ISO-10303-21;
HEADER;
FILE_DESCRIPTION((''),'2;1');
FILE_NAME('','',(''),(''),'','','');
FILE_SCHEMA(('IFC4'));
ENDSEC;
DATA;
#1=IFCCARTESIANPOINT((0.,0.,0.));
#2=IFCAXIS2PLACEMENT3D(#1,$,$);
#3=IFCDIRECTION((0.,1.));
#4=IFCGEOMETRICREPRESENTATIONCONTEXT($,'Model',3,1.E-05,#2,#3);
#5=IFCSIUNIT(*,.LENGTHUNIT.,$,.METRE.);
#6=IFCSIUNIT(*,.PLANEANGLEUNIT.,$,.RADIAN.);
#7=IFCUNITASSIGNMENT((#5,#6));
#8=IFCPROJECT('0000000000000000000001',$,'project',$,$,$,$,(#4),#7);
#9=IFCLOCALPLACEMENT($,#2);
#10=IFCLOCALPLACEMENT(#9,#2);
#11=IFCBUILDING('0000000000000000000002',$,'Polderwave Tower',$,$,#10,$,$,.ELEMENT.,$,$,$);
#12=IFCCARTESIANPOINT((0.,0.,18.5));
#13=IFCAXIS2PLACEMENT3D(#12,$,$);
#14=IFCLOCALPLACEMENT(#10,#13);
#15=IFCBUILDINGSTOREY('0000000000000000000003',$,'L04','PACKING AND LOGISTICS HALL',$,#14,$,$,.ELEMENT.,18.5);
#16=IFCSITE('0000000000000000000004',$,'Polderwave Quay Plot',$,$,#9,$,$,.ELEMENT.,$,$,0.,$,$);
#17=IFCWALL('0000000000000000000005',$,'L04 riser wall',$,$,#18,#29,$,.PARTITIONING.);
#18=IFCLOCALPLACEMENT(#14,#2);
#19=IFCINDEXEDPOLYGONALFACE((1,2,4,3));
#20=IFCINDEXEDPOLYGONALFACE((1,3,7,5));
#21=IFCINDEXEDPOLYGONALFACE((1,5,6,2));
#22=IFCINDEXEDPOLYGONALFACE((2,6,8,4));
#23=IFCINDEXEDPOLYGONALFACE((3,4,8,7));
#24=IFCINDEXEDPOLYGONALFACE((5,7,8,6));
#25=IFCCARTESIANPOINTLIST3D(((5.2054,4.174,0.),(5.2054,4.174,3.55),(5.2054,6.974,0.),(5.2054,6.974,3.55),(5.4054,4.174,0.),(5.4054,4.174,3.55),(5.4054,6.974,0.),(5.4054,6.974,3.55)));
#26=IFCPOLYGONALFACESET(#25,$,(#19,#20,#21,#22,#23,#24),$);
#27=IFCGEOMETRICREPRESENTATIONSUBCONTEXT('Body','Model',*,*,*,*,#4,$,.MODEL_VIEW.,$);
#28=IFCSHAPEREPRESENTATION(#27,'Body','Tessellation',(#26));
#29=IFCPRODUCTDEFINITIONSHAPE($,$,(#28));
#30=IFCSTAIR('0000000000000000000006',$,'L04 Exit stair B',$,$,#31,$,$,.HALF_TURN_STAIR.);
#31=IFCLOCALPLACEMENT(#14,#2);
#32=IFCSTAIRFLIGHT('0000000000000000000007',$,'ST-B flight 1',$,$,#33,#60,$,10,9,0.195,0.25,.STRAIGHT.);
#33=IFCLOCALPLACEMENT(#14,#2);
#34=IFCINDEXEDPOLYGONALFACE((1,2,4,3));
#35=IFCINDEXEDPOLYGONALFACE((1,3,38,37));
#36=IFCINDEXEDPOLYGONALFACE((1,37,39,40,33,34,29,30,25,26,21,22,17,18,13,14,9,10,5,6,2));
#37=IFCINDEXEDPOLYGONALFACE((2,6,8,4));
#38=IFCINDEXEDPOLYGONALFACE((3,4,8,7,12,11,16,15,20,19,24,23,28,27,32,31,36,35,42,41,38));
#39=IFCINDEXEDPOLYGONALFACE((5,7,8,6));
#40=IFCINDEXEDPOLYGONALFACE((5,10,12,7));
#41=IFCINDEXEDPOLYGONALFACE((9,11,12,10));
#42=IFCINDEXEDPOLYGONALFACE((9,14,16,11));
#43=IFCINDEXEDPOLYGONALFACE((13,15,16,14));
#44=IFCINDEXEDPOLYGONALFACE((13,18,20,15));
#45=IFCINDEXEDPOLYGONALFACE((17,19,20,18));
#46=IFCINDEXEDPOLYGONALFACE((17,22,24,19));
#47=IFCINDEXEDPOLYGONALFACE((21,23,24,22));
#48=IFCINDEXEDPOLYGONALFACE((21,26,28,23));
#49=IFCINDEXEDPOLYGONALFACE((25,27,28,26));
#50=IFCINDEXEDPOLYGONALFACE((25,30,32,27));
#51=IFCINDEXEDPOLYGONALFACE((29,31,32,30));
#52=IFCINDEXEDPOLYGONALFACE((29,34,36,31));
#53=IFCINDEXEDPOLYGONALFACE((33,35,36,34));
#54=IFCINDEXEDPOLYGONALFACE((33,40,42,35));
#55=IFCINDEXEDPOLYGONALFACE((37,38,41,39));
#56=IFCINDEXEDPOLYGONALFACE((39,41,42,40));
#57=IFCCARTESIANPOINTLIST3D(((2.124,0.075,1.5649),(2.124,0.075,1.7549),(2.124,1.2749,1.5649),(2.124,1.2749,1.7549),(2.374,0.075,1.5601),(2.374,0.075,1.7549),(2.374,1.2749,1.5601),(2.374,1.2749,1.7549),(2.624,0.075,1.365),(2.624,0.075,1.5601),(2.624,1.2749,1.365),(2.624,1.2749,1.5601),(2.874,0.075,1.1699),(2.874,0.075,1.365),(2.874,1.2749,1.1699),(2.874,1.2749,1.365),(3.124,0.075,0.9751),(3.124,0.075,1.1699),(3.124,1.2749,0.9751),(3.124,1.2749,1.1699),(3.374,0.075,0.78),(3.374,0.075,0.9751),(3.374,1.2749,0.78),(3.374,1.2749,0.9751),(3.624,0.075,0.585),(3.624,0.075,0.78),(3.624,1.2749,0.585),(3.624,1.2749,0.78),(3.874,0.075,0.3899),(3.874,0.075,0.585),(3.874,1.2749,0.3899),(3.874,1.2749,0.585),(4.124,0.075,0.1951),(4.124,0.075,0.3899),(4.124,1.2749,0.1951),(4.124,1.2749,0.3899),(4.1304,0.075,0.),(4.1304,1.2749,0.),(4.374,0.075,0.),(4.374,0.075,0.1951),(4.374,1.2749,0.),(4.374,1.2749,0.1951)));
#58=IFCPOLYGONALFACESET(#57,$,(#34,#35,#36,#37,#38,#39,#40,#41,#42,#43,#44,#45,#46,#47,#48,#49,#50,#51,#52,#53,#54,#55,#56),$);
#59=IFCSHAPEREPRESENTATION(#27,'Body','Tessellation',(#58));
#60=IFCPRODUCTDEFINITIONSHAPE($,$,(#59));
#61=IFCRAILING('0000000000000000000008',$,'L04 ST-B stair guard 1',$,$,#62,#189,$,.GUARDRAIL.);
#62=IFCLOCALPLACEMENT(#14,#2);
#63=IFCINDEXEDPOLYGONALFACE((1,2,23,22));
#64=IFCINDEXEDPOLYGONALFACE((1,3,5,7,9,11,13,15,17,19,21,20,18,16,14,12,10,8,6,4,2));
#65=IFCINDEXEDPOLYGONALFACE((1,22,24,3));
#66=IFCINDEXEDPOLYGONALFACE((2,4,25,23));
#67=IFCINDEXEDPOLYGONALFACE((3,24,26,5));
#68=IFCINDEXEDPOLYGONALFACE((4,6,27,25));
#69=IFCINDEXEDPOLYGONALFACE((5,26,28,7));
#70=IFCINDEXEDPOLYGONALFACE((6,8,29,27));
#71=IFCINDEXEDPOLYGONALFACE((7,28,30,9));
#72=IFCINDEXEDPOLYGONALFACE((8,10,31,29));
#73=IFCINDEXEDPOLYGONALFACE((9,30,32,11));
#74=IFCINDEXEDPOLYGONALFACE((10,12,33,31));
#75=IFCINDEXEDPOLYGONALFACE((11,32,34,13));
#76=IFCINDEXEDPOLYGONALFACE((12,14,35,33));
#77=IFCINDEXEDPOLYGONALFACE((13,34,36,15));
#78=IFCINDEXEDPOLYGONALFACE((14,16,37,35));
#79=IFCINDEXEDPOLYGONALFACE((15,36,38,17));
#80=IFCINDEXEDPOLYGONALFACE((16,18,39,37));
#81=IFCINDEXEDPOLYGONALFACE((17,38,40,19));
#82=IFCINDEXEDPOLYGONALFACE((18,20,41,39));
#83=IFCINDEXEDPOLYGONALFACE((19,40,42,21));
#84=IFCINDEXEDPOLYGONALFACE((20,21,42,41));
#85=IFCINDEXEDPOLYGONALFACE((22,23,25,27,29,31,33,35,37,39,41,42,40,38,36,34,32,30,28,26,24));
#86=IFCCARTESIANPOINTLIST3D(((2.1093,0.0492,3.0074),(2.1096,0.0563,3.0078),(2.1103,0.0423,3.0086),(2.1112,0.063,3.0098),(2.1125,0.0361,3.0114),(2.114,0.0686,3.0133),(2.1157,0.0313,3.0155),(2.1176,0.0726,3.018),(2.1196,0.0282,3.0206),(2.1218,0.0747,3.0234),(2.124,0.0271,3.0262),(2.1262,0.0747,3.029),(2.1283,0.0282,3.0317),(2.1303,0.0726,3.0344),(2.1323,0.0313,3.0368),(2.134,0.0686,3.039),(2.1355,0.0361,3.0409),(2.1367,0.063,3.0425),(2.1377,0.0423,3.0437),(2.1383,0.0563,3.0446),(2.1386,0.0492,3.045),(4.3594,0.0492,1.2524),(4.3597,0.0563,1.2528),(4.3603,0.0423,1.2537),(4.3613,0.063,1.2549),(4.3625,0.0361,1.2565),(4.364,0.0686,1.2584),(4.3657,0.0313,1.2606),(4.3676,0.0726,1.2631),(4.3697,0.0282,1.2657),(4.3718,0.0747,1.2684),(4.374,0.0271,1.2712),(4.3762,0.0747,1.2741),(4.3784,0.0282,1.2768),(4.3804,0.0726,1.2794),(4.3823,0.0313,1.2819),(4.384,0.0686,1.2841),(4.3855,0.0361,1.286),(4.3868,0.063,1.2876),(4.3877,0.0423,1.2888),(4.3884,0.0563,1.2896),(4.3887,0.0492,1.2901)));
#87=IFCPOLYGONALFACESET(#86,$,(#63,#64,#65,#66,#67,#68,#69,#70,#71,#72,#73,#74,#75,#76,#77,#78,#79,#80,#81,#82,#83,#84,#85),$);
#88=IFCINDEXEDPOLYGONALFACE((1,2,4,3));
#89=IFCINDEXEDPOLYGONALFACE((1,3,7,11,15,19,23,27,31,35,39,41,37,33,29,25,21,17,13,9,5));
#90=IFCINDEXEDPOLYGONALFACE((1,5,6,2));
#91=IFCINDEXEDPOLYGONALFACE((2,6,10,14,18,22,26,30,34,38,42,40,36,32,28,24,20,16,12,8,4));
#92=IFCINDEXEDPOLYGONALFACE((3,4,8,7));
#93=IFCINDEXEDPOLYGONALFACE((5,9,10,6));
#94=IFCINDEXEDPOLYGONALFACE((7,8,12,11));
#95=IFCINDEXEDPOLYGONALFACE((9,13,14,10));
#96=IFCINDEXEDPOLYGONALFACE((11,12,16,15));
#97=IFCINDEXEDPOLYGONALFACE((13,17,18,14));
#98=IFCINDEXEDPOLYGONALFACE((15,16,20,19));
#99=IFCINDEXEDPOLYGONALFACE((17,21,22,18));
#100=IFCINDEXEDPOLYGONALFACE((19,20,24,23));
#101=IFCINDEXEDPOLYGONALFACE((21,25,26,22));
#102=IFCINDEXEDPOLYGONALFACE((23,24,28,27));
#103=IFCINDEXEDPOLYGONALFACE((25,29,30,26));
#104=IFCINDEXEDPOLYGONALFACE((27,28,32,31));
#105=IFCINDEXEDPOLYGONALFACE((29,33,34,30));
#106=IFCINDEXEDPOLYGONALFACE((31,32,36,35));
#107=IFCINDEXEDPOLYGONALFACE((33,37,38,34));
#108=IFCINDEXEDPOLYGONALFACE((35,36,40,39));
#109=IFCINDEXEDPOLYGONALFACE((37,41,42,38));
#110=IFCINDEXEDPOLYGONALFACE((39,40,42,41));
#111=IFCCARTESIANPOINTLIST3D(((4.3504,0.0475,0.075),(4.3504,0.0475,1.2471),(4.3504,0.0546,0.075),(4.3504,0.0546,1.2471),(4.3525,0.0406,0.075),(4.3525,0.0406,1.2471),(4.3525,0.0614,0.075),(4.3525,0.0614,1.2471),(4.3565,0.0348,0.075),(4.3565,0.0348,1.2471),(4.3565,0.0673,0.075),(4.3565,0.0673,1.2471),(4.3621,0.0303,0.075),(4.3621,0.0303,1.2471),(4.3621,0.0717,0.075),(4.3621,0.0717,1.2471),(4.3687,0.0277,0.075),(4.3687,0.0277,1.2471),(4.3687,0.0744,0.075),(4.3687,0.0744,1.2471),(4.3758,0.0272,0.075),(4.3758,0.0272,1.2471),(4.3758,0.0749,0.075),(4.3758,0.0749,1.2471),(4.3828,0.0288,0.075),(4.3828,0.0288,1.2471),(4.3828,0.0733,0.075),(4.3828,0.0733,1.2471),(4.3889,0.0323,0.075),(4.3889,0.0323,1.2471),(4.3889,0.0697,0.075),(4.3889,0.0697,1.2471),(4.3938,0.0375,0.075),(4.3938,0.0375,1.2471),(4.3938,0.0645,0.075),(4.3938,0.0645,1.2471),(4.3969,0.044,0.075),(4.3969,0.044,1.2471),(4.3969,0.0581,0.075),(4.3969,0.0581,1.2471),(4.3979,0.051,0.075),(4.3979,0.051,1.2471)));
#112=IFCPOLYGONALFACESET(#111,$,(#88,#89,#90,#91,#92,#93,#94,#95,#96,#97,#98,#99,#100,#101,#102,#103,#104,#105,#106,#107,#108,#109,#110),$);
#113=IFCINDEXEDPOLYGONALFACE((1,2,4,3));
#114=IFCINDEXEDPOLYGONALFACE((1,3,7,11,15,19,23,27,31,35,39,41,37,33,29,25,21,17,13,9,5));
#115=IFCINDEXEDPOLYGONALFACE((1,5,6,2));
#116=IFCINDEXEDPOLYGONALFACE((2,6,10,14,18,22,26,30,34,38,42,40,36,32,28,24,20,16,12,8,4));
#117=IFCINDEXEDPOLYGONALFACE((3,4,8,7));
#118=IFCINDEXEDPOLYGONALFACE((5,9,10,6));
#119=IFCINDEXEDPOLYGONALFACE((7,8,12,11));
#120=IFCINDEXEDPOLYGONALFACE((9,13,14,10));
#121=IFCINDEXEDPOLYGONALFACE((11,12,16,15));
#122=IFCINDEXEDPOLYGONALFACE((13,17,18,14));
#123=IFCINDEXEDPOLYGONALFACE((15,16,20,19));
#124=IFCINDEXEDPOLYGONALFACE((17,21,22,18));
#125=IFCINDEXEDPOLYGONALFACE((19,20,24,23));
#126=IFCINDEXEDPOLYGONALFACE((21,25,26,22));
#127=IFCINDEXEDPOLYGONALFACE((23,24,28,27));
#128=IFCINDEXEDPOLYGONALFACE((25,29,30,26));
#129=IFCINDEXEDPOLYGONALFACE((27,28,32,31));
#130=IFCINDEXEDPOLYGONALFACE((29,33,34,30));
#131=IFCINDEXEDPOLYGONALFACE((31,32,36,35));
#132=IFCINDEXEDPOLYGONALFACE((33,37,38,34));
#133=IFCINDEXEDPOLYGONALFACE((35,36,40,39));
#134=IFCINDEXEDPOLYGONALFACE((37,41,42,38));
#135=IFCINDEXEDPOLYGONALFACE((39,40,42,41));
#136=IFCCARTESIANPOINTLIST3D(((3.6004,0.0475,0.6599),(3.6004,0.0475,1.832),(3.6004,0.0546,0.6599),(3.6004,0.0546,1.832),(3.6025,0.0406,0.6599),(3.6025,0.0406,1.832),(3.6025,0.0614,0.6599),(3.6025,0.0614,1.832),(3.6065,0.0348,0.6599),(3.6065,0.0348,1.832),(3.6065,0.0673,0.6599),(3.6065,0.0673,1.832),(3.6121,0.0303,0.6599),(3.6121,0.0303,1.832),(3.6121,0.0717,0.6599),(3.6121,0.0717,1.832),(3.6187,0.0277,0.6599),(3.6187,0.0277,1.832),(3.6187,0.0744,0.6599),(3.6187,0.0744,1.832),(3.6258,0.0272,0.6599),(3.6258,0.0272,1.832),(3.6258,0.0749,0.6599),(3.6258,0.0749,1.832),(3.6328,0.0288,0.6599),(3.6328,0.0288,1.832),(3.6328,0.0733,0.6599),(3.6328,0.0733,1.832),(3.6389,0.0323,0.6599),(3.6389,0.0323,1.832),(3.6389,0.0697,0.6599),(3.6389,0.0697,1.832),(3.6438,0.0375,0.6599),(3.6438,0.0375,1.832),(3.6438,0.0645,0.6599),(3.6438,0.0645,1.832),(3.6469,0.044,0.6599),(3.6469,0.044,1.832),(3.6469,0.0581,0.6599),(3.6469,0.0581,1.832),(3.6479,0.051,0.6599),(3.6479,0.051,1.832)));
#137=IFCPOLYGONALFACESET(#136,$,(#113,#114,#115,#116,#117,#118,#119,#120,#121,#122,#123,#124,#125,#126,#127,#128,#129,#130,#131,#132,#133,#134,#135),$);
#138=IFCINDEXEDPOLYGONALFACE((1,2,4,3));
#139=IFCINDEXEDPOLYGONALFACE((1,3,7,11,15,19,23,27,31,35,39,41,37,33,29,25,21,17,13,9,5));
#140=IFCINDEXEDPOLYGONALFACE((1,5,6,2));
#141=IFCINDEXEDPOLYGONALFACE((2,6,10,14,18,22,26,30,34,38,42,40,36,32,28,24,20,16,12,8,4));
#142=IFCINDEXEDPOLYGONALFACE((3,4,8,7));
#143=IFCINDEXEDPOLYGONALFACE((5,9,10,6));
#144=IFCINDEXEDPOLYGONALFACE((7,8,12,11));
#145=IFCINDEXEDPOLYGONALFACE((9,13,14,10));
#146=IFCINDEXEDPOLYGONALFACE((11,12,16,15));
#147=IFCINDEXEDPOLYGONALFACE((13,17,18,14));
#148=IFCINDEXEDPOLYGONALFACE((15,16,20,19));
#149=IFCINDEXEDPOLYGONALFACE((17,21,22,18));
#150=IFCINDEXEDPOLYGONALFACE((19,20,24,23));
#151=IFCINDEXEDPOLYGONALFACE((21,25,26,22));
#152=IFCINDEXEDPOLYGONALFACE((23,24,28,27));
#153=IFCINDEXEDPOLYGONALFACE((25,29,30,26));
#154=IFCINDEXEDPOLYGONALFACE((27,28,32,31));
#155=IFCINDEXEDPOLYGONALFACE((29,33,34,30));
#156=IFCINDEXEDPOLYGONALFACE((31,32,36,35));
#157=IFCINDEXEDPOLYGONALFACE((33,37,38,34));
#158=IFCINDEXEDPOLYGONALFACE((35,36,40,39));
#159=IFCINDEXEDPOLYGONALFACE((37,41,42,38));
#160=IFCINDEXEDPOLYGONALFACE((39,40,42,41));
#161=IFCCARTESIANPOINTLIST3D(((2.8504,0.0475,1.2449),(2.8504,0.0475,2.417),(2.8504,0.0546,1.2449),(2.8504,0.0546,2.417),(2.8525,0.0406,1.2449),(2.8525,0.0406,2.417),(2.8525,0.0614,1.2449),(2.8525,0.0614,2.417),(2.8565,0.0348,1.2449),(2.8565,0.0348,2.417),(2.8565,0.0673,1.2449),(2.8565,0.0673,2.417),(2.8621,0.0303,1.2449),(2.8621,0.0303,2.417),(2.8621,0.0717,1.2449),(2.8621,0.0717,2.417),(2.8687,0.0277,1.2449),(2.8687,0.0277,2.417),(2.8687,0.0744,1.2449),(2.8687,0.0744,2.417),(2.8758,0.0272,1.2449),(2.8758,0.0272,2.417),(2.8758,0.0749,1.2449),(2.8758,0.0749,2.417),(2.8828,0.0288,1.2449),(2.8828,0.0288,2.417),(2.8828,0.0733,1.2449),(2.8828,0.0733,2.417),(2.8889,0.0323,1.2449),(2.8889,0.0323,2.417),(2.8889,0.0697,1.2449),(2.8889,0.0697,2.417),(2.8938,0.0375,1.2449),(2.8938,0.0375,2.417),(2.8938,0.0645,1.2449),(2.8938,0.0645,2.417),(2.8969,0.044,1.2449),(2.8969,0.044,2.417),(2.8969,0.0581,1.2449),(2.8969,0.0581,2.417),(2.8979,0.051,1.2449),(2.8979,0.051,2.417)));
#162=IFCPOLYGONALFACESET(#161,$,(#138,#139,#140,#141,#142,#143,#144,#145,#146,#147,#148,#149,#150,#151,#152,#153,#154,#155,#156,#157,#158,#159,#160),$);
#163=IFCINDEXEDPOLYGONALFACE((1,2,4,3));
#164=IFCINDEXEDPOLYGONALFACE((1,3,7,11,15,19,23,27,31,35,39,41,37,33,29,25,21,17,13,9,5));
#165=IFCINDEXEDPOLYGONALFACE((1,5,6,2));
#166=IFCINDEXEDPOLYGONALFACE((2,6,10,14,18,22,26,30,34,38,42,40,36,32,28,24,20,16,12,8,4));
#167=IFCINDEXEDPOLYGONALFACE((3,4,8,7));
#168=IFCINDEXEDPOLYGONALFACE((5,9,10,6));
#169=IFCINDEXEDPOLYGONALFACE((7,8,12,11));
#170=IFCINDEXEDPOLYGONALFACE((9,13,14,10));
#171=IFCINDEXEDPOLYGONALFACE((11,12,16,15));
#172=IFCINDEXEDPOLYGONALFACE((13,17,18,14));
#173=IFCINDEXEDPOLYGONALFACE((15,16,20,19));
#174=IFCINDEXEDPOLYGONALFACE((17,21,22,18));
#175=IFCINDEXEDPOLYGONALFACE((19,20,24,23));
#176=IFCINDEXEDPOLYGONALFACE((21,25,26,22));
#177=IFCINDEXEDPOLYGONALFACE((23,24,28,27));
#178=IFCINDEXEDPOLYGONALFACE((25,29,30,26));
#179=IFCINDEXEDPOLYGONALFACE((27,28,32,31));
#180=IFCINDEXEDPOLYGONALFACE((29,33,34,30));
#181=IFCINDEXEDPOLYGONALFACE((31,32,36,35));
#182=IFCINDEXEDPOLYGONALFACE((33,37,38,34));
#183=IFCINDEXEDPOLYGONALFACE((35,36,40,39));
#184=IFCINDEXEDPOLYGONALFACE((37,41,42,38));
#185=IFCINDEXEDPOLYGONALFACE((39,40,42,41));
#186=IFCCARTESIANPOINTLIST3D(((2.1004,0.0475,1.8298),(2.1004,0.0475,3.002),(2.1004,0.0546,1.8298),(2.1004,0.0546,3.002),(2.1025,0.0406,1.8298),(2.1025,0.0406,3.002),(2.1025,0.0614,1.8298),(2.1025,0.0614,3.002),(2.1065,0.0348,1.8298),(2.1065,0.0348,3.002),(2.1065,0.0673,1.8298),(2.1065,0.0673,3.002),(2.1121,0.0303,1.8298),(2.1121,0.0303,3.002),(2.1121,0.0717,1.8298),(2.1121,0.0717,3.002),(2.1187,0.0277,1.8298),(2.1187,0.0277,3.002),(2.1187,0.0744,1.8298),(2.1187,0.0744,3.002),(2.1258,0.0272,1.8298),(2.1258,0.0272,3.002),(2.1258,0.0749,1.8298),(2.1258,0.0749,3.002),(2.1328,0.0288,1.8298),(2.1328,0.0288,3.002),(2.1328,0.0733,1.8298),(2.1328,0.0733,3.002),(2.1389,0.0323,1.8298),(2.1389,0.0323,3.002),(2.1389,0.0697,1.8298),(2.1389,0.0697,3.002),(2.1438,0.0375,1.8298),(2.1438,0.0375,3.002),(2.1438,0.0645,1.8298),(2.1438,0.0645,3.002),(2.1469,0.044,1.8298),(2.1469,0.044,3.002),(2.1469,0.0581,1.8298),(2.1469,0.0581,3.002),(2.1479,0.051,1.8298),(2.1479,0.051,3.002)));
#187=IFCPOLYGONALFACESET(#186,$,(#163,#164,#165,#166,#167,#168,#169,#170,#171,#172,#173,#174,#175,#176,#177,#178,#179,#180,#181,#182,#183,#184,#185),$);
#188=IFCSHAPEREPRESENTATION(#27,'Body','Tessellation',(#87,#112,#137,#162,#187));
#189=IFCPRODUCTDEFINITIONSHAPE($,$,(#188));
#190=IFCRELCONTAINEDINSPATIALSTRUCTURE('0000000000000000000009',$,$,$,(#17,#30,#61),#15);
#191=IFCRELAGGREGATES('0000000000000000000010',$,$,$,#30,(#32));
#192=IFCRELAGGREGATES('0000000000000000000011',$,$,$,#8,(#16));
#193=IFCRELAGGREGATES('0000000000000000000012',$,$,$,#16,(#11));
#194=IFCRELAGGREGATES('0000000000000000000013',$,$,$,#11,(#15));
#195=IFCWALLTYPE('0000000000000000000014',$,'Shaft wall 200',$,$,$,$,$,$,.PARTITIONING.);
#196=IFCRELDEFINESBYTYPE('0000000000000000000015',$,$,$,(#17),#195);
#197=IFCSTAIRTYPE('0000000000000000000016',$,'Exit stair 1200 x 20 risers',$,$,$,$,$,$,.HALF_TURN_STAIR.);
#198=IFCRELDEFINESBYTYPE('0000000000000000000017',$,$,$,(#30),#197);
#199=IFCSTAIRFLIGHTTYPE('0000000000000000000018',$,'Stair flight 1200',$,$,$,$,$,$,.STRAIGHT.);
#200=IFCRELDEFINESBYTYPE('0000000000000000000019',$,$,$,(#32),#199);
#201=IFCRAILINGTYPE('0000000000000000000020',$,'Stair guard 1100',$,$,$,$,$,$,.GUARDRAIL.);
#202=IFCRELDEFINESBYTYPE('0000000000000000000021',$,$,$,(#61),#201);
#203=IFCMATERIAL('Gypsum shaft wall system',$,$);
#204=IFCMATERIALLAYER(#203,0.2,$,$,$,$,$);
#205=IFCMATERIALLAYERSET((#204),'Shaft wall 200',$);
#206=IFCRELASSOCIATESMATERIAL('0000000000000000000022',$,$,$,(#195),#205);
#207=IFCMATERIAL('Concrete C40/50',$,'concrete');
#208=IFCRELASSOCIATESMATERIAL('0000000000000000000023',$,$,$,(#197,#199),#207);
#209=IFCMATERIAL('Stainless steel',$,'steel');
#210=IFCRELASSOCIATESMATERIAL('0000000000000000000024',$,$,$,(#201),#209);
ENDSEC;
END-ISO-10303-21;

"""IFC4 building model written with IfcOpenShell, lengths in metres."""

from ifc_helpers import new_model, si_unit, direction, frame, frame_2d, origin, origin_2d, place, context, subcontext, project, spatial, polyline, rectangle, circle, outline, extrude, material, layer, layer_set, type_object, element, aggregate, save


model = new_model("IFC4")

# Units and contexts
model_context = context("Model", 3, precision=1e-05, world=origin(), true_north=direction((0.0, 1.0)))
body_context = subcontext(model_context, "Body", "Model", "MODEL_VIEW")
ifc_project = project(units=[si_unit("LENGTHUNIT", "METRE"), si_unit("PLANEANGLEUNIT", "RADIAN")], contexts=[model_context])

# Site, building, storey
site_placement = place(None, origin())
site = spatial("IfcSite", under=ifc_project, at=site_placement, Name="Polderwave Quay Plot", CompositionType="ELEMENT", RefElevation=0.0)
building_placement = place(site_placement, origin())
building = spatial("IfcBuilding", under=site, at=building_placement, Name="Polderwave Tower", CompositionType="ELEMENT")
storey_placement = place(building_placement, frame((0.0, 0.0, 18.5)))
storey = spatial("IfcBuildingStorey", under=building, at=storey_placement, Name="L04", Description="PACKING AND LOGISTICS HALL", CompositionType="ELEMENT", Elevation=18.5)

# Wall
ifc_material_1 = material(Name="Gypsum shaft wall system")
ifc_layer_1 = layer(ifc_material_1, 0.2)
ifc_layer_set_1 = layer_set([ifc_layer_1], Name="Shaft wall 200")
wall_type_1 = type_object("IfcWallType", Name="Shaft wall 200", PredefinedType="PARTITIONING", material=ifc_layer_set_1)
wall_1_placement = place(storey_placement, frame((5.3054, 4.1741, 0.0), z_axis=(0.0, 0.0, 1.0), x_axis=(0.0, 1.0, 0.0)))
element("IfcWall", 1, at=wall_1_placement, inside=storey, type_object=wall_type_1, Name="L04 riser wall", PredefinedType="PARTITIONING", context=body_context, shape_type="SweptSolid", body=[
    extrude(rectangle(XDim=2.8, YDim=0.2, at=frame_2d((1.3999, 0.0))), origin(), (0.0, 0.0, 1.0), 3.55),
])

# Stair, stair flight
ifc_material_2 = material(Name="Concrete C40/50", Category="concrete")
stair_type = type_object("IfcStairType", Name="Exit stair 1200 x 20 risers", PredefinedType="HALF_TURN_STAIR", material=ifc_material_2)
stair_placement = place(storey_placement, origin())
stair = element("IfcStair", 2, at=stair_placement, inside=storey, type_object=stair_type, Name="L04 Exit stair B", PredefinedType="HALF_TURN_STAIR")
stair_flight_type = type_object("IfcStairFlightType", Name="Stair flight 1200", PredefinedType="STRAIGHT", material=ifc_material_2)
stair_flight_placement = place(storey_placement, frame((4.374, 0.675, 0.0), z_axis=(0.0, 0.0, 1.0), x_axis=(-1.0, 0.0, 0.0)))
stair_flight = element("IfcStairFlight", 3, at=stair_flight_placement, type_object=stair_flight_type, Name="ST-B flight 1", NumberOfRisers=10, NumberOfTreads=9, PredefinedType="STRAIGHT", RiserHeight=0.195, TreadLength=0.25, context=body_context, shape_type="SweptSolid", body=[
    extrude(outline(polyline([(0.0, 0.0), (0.0, 0.1951), (0.25, 0.1951), (0.25, 0.3899), (0.5, 0.3899), (0.5, 0.585), (0.75, 0.585), (0.75, 0.78), (1.0, 0.78), (1.0, 0.9751), (1.25, 0.9751), (1.25, 1.1699), (1.5, 1.1699), (1.5, 1.365), (1.75, 1.365), (1.75, 1.5601), (2.0, 1.5601), (2.0, 1.7549), (2.25, 1.7549), (2.25, 1.95), (2.25, 1.5649), (0.2437, 0.0), (0.0, 0.0)])), frame((0.0, 0.6001, 0.0), z_axis=(0.0, -1.0, 0.0), x_axis=(1.0, 0.0, 0.0)), (0.0, 0.0, 1.0), 1.2),
])
aggregate(stair, [stair_flight])

# Railing
ifc_material_3 = material(Name="Stainless steel", Category="steel")
railing_type_1 = type_object("IfcRailingType", Name="Stair guard 1100", PredefinedType="GUARDRAIL", material=ifc_material_3)
railing_1_placement = place(storey_placement, frame((4.374, 0.051, 0.075)))
element("IfcRailing", 4, at=railing_1_placement, inside=storey, type_object=railing_type_1, Name="L04 ST-B stair guard 1", PredefinedType="GUARDRAIL", context=body_context, shape_type="SweptSolid", body=[
    extrude(circle(Radius=0.0239, at=origin_2d()), frame((0.0, 0.0, 1.1963), z_axis=(-0.788522, 0.0, 0.615006), x_axis=(0.0, -1.0, 0.0)), (0.0, 0.0, 1.0), 2.8535),
    extrude(circle(Radius=0.0239, at=origin_2d()), origin(), (0.0, 0.0, 1.0), 1.1721),
    extrude(circle(Radius=0.0239, at=origin_2d()), frame((-0.75, 0.0, 0.585)), (0.0, 0.0, 1.0), 1.1721),
    extrude(circle(Radius=0.0239, at=origin_2d()), frame((-1.5, 0.0, 1.1699)), (0.0, 0.0, 1.0), 1.1721),
    extrude(circle(Radius=0.0239, at=origin_2d()), frame((-2.25, 0.0, 1.7549)), (0.0, 0.0, 1.0), 1.1721),
])

save(model, "model.ifc")
